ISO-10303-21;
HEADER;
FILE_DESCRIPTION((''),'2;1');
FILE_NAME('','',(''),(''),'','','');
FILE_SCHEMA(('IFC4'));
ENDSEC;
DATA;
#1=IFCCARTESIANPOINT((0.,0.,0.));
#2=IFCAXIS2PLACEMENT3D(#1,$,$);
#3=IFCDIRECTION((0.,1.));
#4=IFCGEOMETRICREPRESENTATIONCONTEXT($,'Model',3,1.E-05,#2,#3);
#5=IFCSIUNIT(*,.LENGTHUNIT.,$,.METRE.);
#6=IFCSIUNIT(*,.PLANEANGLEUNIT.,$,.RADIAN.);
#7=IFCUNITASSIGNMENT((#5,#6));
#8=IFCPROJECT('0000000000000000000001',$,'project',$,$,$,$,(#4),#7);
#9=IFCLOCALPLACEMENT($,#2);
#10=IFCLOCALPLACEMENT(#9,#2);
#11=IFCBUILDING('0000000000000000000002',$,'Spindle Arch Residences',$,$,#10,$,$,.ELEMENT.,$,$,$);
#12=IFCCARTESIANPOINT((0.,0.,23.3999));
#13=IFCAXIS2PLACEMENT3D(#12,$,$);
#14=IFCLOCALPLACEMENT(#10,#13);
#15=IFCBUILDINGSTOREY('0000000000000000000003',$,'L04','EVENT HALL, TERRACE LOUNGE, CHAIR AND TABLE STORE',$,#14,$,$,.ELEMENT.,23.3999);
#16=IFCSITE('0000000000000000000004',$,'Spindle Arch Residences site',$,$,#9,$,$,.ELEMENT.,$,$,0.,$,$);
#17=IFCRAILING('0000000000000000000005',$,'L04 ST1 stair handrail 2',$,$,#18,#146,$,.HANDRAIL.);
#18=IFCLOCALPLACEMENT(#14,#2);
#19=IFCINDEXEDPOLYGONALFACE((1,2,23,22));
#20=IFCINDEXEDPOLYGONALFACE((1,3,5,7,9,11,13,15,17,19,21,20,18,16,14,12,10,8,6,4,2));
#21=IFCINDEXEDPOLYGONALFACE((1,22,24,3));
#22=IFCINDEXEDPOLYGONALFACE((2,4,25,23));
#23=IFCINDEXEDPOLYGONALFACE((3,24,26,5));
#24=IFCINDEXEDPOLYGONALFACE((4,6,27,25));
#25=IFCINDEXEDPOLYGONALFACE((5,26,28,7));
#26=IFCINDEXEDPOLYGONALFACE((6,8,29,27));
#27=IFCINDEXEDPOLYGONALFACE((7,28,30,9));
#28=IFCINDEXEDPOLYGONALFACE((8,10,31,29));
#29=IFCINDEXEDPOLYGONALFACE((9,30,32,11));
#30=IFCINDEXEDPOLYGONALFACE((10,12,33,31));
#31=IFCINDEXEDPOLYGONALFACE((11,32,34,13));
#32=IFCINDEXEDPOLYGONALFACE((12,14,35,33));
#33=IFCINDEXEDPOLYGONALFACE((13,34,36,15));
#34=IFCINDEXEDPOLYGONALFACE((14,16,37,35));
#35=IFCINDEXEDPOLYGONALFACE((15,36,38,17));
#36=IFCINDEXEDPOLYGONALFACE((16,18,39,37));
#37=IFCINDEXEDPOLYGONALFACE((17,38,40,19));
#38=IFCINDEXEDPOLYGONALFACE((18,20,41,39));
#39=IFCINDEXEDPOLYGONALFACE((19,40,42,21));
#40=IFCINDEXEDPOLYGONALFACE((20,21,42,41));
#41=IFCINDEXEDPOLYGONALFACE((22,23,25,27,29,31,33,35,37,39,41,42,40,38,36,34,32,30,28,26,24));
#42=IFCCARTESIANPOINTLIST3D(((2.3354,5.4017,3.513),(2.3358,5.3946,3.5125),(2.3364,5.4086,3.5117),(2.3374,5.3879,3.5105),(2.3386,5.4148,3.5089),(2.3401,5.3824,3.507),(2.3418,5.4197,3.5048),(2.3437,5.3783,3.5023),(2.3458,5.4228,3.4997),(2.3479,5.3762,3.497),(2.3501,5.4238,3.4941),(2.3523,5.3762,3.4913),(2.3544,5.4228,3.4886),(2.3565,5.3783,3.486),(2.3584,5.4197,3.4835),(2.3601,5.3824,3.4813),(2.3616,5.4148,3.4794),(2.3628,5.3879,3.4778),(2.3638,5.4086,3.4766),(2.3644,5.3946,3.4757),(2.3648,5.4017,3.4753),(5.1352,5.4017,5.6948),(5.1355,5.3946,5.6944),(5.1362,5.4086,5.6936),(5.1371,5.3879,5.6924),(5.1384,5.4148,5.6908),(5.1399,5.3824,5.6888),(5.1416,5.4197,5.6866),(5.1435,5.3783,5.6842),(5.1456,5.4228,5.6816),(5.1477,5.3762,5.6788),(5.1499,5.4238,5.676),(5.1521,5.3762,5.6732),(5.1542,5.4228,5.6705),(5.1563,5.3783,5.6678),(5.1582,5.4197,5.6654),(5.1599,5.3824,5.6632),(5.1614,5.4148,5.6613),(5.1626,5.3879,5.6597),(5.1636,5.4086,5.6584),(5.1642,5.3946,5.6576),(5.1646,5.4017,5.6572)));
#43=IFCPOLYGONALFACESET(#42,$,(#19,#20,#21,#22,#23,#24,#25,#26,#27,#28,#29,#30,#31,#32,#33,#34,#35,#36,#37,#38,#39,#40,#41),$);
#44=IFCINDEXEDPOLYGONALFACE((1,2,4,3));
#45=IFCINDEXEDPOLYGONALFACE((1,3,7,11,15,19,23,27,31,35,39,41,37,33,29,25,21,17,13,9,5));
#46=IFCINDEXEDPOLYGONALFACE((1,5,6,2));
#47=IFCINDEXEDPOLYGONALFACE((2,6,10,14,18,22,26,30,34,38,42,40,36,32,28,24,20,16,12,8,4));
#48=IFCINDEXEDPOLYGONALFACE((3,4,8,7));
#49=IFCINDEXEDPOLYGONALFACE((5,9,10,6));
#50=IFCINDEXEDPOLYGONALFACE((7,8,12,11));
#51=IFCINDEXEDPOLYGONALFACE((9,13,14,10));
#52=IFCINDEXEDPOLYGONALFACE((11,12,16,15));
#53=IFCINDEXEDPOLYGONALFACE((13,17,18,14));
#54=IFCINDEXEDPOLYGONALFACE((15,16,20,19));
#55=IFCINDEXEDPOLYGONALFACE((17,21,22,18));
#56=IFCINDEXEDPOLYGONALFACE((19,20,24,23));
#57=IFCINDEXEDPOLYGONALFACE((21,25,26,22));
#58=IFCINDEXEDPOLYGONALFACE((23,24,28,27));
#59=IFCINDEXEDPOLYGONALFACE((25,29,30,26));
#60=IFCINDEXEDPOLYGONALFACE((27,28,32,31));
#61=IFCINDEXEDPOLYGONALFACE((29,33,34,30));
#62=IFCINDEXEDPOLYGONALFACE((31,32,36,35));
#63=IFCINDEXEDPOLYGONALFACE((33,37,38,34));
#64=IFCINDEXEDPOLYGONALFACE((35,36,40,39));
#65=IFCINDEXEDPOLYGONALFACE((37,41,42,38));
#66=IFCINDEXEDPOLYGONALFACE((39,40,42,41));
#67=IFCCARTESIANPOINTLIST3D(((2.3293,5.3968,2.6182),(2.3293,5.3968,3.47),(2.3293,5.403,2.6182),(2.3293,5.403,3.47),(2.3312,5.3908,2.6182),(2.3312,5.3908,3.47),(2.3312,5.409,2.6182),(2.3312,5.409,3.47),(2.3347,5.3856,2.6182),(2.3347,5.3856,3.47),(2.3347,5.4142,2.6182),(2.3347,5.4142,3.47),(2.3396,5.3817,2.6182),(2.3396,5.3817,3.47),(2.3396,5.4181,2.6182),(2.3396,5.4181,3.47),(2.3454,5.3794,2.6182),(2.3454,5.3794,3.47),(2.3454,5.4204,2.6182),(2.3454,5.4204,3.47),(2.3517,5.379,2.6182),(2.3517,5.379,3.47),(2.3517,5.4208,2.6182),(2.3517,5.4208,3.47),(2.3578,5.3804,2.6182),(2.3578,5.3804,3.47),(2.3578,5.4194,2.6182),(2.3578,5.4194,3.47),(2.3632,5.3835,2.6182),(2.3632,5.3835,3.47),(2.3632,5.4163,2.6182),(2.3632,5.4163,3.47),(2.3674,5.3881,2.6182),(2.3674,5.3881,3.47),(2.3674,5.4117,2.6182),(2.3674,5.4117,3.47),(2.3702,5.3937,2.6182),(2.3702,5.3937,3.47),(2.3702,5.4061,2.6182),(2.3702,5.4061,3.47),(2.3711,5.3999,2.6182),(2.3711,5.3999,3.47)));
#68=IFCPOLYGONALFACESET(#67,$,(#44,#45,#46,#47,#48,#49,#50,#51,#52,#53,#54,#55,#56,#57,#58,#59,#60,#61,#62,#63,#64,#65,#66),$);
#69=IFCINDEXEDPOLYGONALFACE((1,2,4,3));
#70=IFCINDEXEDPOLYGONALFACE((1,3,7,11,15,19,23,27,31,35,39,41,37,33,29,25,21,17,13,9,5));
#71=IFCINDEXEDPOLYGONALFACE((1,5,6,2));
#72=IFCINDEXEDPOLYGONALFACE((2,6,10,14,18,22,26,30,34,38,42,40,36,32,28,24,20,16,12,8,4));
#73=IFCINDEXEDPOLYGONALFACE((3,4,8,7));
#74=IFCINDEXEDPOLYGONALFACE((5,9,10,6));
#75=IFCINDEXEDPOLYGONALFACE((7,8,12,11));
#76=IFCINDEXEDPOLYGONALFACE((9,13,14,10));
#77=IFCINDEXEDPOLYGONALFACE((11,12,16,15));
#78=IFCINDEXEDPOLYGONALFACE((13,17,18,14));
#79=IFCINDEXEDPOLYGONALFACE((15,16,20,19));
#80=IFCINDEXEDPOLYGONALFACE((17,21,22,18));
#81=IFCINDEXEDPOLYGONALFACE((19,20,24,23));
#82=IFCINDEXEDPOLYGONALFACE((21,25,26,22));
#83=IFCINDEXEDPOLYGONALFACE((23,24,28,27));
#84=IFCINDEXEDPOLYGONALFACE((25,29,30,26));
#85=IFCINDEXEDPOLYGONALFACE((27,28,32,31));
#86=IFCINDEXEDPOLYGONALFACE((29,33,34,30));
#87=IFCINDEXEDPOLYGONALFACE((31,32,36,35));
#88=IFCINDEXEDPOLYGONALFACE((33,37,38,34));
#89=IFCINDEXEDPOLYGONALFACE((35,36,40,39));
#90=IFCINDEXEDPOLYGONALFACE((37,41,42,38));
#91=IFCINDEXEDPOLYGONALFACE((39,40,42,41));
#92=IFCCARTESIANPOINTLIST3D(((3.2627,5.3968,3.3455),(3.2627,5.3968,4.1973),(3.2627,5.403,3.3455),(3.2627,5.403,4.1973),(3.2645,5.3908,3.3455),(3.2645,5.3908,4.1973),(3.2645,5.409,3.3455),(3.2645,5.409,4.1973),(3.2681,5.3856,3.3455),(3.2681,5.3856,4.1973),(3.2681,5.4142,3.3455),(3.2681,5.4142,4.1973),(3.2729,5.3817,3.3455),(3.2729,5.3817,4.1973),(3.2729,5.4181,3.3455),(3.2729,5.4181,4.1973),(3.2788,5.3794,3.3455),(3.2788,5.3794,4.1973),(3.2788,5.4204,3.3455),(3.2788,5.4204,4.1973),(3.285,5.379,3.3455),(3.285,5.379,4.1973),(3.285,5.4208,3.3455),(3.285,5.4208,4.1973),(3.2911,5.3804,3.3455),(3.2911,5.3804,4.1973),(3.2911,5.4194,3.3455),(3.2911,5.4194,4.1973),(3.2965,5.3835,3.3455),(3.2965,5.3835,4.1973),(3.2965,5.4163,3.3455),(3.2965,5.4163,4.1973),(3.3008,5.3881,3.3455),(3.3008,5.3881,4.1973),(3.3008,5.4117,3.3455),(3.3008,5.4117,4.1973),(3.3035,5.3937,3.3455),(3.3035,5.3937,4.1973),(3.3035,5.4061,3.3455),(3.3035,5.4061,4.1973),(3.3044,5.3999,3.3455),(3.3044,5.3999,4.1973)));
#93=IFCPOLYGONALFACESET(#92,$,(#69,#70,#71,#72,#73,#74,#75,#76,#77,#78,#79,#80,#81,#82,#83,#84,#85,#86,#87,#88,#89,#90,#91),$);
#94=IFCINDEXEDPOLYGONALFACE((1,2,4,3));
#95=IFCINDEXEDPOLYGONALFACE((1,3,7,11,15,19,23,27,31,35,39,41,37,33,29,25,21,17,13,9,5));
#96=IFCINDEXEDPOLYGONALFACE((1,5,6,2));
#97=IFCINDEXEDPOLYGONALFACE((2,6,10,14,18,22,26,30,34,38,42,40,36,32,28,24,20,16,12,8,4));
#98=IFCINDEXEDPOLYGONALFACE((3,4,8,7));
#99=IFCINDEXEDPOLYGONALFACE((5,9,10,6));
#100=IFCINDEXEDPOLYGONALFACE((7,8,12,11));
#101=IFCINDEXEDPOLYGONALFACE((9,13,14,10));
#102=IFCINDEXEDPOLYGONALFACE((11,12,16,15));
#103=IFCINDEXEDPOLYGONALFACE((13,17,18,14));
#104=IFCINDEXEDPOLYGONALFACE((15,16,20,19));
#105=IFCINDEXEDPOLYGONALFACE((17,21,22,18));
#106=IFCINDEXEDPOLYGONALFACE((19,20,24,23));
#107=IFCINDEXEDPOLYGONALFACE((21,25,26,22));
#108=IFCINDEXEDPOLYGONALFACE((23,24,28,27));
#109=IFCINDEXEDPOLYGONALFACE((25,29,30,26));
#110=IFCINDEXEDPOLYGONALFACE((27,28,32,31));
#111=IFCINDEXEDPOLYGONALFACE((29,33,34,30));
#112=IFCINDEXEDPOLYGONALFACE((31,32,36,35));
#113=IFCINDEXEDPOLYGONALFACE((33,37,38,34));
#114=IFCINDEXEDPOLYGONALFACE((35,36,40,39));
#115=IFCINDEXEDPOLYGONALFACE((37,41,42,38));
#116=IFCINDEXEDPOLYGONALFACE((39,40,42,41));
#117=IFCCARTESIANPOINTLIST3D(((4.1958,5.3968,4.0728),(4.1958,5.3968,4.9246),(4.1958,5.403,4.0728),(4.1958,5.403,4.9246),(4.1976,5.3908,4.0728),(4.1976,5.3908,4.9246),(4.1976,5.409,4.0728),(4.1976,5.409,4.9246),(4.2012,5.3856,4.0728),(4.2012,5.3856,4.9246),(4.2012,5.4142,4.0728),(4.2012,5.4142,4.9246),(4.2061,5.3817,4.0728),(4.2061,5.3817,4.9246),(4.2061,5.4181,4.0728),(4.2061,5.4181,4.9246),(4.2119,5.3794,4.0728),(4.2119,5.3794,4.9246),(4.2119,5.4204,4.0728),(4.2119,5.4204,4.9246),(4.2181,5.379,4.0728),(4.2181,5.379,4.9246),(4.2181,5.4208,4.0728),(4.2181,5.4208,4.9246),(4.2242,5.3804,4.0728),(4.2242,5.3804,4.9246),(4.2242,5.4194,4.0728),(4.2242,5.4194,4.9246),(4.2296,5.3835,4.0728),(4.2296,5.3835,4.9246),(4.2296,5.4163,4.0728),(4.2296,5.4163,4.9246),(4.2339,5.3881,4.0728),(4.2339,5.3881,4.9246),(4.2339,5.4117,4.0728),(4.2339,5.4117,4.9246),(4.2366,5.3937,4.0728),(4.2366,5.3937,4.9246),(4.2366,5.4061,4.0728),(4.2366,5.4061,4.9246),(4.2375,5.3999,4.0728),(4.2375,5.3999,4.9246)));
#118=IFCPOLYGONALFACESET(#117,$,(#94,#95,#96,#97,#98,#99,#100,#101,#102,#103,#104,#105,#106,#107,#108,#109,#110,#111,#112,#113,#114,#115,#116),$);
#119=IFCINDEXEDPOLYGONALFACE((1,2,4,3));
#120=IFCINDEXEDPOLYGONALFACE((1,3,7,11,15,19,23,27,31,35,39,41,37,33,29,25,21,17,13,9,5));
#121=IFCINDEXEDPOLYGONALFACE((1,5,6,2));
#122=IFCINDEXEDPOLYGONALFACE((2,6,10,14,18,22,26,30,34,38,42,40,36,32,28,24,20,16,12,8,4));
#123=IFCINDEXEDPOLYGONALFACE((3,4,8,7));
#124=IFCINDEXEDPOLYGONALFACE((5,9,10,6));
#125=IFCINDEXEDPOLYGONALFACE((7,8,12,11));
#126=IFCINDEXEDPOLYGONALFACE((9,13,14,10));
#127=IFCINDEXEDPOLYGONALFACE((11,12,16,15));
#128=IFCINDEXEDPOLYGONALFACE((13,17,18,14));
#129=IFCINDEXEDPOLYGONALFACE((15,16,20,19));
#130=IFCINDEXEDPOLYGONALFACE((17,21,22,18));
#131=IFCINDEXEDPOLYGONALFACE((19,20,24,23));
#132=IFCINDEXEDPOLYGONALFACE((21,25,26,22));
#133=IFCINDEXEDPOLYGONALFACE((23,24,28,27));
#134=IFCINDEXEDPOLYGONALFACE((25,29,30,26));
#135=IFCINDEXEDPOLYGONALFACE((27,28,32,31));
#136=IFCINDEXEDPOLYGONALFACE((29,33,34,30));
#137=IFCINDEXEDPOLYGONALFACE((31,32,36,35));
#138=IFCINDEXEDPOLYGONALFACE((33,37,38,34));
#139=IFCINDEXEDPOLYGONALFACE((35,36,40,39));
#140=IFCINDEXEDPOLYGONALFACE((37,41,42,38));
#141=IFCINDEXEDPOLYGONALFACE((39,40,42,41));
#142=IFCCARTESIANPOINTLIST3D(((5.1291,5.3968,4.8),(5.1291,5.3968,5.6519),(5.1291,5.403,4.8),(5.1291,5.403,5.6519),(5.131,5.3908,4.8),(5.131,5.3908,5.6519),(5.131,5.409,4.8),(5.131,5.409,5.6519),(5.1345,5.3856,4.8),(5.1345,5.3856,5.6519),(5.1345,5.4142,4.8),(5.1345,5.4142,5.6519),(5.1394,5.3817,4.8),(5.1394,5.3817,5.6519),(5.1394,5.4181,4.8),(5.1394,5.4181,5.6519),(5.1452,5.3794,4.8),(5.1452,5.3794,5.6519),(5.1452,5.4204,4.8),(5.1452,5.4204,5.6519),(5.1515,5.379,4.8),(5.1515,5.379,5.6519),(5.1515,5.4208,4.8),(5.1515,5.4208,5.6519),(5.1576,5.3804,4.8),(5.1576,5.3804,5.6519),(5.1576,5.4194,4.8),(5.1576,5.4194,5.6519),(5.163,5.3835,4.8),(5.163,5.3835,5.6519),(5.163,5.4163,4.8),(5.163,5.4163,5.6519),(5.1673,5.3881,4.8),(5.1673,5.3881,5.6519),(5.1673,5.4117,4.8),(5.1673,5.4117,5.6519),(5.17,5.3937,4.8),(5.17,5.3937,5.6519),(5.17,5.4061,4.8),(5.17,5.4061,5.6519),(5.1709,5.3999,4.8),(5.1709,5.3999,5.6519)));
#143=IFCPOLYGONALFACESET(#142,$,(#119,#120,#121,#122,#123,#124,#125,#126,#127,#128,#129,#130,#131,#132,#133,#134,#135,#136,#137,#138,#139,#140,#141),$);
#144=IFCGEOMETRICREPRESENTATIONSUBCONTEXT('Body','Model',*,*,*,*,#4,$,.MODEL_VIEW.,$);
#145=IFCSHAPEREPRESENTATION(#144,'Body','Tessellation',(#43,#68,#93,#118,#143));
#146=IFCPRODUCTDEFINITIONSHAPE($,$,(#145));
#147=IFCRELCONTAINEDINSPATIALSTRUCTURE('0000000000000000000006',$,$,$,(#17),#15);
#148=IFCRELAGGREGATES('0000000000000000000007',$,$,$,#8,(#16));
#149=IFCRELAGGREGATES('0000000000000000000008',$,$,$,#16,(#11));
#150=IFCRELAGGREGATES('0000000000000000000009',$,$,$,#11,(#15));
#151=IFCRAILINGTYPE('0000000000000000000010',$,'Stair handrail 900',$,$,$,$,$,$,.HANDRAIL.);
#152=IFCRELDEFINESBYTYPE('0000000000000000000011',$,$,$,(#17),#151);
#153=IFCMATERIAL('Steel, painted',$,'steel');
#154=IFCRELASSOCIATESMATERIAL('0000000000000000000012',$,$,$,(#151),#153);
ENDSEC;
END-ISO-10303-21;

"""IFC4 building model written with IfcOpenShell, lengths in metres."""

from ifc_helpers import new_model, si_unit, direction, frame, origin, origin_2d, place, context, subcontext, project, spatial, circle, extrude, material, type_object, element, save


model = new_model("IFC4")

# Units and contexts
model_context = context("Model", 3, precision=1e-05, world=origin(), true_north=direction((0.0, 1.0)))
body_context = subcontext(model_context, "Body", "Model", "MODEL_VIEW")
ifc_project = project(units=[si_unit("LENGTHUNIT", "METRE"), si_unit("PLANEANGLEUNIT", "RADIAN")], contexts=[model_context])

# Site, building, storey
site_placement = place(None, origin())
site = spatial("IfcSite", under=ifc_project, at=site_placement, Name="Spindle Arch Residences site", CompositionType="ELEMENT", RefElevation=0.0)
building_placement = place(site_placement, origin())
building = spatial("IfcBuilding", under=site, at=building_placement, Name="Spindle Arch Residences", CompositionType="ELEMENT")
storey_placement = place(building_placement, frame((0.0, 0.0, 23.3999)))
storey = spatial("IfcBuildingStorey", under=building, at=storey_placement, Name="L04", Description="EVENT HALL, TERRACE LOUNGE, CHAIR AND TABLE STORE", CompositionType="ELEMENT", Elevation=23.3999)

# Railing
ifc_material_1 = material(Name="Steel, painted", Category="steel")
railing_type_1 = type_object("IfcRailingType", Name="Stair handrail 900", PredefinedType="HANDRAIL", material=ifc_material_1)
railing_1_placement = place(storey_placement, frame((2.3501, 5.3999, 2.6182)))
element("IfcRailing", 1, at=railing_1_placement, inside=storey, type_object=railing_type_1, Name="L04 ST1 stair handrail 2", PredefinedType="HANDRAIL", context=body_context, shape_type="SweptSolid", body=[
    extrude(circle(Radius=0.0239, at=origin_2d()), frame((0.0, 0.0, 0.876), z_axis=(0.78877, 0.0, 0.614688), x_axis=(0.0, 1.0, 0.0)), (0.0, 0.0, 1.0), 3.5496),
    extrude(circle(Radius=0.021, at=origin_2d()), origin(), (0.0, 0.0, 1.0), 0.8518),
    extrude(circle(Radius=0.021, at=origin_2d()), frame((0.9333, 0.0, 0.7273)), (0.0, 0.0, 1.0), 0.8518),
    extrude(circle(Radius=0.021, at=origin_2d()), frame((1.8665, 0.0, 1.4546)), (0.0, 0.0, 1.0), 0.8518),
    extrude(circle(Radius=0.021, at=origin_2d()), frame((2.7998, 0.0, 2.1819)), (0.0, 0.0, 1.0), 0.8518),
])

save(model, "model.ifc")
